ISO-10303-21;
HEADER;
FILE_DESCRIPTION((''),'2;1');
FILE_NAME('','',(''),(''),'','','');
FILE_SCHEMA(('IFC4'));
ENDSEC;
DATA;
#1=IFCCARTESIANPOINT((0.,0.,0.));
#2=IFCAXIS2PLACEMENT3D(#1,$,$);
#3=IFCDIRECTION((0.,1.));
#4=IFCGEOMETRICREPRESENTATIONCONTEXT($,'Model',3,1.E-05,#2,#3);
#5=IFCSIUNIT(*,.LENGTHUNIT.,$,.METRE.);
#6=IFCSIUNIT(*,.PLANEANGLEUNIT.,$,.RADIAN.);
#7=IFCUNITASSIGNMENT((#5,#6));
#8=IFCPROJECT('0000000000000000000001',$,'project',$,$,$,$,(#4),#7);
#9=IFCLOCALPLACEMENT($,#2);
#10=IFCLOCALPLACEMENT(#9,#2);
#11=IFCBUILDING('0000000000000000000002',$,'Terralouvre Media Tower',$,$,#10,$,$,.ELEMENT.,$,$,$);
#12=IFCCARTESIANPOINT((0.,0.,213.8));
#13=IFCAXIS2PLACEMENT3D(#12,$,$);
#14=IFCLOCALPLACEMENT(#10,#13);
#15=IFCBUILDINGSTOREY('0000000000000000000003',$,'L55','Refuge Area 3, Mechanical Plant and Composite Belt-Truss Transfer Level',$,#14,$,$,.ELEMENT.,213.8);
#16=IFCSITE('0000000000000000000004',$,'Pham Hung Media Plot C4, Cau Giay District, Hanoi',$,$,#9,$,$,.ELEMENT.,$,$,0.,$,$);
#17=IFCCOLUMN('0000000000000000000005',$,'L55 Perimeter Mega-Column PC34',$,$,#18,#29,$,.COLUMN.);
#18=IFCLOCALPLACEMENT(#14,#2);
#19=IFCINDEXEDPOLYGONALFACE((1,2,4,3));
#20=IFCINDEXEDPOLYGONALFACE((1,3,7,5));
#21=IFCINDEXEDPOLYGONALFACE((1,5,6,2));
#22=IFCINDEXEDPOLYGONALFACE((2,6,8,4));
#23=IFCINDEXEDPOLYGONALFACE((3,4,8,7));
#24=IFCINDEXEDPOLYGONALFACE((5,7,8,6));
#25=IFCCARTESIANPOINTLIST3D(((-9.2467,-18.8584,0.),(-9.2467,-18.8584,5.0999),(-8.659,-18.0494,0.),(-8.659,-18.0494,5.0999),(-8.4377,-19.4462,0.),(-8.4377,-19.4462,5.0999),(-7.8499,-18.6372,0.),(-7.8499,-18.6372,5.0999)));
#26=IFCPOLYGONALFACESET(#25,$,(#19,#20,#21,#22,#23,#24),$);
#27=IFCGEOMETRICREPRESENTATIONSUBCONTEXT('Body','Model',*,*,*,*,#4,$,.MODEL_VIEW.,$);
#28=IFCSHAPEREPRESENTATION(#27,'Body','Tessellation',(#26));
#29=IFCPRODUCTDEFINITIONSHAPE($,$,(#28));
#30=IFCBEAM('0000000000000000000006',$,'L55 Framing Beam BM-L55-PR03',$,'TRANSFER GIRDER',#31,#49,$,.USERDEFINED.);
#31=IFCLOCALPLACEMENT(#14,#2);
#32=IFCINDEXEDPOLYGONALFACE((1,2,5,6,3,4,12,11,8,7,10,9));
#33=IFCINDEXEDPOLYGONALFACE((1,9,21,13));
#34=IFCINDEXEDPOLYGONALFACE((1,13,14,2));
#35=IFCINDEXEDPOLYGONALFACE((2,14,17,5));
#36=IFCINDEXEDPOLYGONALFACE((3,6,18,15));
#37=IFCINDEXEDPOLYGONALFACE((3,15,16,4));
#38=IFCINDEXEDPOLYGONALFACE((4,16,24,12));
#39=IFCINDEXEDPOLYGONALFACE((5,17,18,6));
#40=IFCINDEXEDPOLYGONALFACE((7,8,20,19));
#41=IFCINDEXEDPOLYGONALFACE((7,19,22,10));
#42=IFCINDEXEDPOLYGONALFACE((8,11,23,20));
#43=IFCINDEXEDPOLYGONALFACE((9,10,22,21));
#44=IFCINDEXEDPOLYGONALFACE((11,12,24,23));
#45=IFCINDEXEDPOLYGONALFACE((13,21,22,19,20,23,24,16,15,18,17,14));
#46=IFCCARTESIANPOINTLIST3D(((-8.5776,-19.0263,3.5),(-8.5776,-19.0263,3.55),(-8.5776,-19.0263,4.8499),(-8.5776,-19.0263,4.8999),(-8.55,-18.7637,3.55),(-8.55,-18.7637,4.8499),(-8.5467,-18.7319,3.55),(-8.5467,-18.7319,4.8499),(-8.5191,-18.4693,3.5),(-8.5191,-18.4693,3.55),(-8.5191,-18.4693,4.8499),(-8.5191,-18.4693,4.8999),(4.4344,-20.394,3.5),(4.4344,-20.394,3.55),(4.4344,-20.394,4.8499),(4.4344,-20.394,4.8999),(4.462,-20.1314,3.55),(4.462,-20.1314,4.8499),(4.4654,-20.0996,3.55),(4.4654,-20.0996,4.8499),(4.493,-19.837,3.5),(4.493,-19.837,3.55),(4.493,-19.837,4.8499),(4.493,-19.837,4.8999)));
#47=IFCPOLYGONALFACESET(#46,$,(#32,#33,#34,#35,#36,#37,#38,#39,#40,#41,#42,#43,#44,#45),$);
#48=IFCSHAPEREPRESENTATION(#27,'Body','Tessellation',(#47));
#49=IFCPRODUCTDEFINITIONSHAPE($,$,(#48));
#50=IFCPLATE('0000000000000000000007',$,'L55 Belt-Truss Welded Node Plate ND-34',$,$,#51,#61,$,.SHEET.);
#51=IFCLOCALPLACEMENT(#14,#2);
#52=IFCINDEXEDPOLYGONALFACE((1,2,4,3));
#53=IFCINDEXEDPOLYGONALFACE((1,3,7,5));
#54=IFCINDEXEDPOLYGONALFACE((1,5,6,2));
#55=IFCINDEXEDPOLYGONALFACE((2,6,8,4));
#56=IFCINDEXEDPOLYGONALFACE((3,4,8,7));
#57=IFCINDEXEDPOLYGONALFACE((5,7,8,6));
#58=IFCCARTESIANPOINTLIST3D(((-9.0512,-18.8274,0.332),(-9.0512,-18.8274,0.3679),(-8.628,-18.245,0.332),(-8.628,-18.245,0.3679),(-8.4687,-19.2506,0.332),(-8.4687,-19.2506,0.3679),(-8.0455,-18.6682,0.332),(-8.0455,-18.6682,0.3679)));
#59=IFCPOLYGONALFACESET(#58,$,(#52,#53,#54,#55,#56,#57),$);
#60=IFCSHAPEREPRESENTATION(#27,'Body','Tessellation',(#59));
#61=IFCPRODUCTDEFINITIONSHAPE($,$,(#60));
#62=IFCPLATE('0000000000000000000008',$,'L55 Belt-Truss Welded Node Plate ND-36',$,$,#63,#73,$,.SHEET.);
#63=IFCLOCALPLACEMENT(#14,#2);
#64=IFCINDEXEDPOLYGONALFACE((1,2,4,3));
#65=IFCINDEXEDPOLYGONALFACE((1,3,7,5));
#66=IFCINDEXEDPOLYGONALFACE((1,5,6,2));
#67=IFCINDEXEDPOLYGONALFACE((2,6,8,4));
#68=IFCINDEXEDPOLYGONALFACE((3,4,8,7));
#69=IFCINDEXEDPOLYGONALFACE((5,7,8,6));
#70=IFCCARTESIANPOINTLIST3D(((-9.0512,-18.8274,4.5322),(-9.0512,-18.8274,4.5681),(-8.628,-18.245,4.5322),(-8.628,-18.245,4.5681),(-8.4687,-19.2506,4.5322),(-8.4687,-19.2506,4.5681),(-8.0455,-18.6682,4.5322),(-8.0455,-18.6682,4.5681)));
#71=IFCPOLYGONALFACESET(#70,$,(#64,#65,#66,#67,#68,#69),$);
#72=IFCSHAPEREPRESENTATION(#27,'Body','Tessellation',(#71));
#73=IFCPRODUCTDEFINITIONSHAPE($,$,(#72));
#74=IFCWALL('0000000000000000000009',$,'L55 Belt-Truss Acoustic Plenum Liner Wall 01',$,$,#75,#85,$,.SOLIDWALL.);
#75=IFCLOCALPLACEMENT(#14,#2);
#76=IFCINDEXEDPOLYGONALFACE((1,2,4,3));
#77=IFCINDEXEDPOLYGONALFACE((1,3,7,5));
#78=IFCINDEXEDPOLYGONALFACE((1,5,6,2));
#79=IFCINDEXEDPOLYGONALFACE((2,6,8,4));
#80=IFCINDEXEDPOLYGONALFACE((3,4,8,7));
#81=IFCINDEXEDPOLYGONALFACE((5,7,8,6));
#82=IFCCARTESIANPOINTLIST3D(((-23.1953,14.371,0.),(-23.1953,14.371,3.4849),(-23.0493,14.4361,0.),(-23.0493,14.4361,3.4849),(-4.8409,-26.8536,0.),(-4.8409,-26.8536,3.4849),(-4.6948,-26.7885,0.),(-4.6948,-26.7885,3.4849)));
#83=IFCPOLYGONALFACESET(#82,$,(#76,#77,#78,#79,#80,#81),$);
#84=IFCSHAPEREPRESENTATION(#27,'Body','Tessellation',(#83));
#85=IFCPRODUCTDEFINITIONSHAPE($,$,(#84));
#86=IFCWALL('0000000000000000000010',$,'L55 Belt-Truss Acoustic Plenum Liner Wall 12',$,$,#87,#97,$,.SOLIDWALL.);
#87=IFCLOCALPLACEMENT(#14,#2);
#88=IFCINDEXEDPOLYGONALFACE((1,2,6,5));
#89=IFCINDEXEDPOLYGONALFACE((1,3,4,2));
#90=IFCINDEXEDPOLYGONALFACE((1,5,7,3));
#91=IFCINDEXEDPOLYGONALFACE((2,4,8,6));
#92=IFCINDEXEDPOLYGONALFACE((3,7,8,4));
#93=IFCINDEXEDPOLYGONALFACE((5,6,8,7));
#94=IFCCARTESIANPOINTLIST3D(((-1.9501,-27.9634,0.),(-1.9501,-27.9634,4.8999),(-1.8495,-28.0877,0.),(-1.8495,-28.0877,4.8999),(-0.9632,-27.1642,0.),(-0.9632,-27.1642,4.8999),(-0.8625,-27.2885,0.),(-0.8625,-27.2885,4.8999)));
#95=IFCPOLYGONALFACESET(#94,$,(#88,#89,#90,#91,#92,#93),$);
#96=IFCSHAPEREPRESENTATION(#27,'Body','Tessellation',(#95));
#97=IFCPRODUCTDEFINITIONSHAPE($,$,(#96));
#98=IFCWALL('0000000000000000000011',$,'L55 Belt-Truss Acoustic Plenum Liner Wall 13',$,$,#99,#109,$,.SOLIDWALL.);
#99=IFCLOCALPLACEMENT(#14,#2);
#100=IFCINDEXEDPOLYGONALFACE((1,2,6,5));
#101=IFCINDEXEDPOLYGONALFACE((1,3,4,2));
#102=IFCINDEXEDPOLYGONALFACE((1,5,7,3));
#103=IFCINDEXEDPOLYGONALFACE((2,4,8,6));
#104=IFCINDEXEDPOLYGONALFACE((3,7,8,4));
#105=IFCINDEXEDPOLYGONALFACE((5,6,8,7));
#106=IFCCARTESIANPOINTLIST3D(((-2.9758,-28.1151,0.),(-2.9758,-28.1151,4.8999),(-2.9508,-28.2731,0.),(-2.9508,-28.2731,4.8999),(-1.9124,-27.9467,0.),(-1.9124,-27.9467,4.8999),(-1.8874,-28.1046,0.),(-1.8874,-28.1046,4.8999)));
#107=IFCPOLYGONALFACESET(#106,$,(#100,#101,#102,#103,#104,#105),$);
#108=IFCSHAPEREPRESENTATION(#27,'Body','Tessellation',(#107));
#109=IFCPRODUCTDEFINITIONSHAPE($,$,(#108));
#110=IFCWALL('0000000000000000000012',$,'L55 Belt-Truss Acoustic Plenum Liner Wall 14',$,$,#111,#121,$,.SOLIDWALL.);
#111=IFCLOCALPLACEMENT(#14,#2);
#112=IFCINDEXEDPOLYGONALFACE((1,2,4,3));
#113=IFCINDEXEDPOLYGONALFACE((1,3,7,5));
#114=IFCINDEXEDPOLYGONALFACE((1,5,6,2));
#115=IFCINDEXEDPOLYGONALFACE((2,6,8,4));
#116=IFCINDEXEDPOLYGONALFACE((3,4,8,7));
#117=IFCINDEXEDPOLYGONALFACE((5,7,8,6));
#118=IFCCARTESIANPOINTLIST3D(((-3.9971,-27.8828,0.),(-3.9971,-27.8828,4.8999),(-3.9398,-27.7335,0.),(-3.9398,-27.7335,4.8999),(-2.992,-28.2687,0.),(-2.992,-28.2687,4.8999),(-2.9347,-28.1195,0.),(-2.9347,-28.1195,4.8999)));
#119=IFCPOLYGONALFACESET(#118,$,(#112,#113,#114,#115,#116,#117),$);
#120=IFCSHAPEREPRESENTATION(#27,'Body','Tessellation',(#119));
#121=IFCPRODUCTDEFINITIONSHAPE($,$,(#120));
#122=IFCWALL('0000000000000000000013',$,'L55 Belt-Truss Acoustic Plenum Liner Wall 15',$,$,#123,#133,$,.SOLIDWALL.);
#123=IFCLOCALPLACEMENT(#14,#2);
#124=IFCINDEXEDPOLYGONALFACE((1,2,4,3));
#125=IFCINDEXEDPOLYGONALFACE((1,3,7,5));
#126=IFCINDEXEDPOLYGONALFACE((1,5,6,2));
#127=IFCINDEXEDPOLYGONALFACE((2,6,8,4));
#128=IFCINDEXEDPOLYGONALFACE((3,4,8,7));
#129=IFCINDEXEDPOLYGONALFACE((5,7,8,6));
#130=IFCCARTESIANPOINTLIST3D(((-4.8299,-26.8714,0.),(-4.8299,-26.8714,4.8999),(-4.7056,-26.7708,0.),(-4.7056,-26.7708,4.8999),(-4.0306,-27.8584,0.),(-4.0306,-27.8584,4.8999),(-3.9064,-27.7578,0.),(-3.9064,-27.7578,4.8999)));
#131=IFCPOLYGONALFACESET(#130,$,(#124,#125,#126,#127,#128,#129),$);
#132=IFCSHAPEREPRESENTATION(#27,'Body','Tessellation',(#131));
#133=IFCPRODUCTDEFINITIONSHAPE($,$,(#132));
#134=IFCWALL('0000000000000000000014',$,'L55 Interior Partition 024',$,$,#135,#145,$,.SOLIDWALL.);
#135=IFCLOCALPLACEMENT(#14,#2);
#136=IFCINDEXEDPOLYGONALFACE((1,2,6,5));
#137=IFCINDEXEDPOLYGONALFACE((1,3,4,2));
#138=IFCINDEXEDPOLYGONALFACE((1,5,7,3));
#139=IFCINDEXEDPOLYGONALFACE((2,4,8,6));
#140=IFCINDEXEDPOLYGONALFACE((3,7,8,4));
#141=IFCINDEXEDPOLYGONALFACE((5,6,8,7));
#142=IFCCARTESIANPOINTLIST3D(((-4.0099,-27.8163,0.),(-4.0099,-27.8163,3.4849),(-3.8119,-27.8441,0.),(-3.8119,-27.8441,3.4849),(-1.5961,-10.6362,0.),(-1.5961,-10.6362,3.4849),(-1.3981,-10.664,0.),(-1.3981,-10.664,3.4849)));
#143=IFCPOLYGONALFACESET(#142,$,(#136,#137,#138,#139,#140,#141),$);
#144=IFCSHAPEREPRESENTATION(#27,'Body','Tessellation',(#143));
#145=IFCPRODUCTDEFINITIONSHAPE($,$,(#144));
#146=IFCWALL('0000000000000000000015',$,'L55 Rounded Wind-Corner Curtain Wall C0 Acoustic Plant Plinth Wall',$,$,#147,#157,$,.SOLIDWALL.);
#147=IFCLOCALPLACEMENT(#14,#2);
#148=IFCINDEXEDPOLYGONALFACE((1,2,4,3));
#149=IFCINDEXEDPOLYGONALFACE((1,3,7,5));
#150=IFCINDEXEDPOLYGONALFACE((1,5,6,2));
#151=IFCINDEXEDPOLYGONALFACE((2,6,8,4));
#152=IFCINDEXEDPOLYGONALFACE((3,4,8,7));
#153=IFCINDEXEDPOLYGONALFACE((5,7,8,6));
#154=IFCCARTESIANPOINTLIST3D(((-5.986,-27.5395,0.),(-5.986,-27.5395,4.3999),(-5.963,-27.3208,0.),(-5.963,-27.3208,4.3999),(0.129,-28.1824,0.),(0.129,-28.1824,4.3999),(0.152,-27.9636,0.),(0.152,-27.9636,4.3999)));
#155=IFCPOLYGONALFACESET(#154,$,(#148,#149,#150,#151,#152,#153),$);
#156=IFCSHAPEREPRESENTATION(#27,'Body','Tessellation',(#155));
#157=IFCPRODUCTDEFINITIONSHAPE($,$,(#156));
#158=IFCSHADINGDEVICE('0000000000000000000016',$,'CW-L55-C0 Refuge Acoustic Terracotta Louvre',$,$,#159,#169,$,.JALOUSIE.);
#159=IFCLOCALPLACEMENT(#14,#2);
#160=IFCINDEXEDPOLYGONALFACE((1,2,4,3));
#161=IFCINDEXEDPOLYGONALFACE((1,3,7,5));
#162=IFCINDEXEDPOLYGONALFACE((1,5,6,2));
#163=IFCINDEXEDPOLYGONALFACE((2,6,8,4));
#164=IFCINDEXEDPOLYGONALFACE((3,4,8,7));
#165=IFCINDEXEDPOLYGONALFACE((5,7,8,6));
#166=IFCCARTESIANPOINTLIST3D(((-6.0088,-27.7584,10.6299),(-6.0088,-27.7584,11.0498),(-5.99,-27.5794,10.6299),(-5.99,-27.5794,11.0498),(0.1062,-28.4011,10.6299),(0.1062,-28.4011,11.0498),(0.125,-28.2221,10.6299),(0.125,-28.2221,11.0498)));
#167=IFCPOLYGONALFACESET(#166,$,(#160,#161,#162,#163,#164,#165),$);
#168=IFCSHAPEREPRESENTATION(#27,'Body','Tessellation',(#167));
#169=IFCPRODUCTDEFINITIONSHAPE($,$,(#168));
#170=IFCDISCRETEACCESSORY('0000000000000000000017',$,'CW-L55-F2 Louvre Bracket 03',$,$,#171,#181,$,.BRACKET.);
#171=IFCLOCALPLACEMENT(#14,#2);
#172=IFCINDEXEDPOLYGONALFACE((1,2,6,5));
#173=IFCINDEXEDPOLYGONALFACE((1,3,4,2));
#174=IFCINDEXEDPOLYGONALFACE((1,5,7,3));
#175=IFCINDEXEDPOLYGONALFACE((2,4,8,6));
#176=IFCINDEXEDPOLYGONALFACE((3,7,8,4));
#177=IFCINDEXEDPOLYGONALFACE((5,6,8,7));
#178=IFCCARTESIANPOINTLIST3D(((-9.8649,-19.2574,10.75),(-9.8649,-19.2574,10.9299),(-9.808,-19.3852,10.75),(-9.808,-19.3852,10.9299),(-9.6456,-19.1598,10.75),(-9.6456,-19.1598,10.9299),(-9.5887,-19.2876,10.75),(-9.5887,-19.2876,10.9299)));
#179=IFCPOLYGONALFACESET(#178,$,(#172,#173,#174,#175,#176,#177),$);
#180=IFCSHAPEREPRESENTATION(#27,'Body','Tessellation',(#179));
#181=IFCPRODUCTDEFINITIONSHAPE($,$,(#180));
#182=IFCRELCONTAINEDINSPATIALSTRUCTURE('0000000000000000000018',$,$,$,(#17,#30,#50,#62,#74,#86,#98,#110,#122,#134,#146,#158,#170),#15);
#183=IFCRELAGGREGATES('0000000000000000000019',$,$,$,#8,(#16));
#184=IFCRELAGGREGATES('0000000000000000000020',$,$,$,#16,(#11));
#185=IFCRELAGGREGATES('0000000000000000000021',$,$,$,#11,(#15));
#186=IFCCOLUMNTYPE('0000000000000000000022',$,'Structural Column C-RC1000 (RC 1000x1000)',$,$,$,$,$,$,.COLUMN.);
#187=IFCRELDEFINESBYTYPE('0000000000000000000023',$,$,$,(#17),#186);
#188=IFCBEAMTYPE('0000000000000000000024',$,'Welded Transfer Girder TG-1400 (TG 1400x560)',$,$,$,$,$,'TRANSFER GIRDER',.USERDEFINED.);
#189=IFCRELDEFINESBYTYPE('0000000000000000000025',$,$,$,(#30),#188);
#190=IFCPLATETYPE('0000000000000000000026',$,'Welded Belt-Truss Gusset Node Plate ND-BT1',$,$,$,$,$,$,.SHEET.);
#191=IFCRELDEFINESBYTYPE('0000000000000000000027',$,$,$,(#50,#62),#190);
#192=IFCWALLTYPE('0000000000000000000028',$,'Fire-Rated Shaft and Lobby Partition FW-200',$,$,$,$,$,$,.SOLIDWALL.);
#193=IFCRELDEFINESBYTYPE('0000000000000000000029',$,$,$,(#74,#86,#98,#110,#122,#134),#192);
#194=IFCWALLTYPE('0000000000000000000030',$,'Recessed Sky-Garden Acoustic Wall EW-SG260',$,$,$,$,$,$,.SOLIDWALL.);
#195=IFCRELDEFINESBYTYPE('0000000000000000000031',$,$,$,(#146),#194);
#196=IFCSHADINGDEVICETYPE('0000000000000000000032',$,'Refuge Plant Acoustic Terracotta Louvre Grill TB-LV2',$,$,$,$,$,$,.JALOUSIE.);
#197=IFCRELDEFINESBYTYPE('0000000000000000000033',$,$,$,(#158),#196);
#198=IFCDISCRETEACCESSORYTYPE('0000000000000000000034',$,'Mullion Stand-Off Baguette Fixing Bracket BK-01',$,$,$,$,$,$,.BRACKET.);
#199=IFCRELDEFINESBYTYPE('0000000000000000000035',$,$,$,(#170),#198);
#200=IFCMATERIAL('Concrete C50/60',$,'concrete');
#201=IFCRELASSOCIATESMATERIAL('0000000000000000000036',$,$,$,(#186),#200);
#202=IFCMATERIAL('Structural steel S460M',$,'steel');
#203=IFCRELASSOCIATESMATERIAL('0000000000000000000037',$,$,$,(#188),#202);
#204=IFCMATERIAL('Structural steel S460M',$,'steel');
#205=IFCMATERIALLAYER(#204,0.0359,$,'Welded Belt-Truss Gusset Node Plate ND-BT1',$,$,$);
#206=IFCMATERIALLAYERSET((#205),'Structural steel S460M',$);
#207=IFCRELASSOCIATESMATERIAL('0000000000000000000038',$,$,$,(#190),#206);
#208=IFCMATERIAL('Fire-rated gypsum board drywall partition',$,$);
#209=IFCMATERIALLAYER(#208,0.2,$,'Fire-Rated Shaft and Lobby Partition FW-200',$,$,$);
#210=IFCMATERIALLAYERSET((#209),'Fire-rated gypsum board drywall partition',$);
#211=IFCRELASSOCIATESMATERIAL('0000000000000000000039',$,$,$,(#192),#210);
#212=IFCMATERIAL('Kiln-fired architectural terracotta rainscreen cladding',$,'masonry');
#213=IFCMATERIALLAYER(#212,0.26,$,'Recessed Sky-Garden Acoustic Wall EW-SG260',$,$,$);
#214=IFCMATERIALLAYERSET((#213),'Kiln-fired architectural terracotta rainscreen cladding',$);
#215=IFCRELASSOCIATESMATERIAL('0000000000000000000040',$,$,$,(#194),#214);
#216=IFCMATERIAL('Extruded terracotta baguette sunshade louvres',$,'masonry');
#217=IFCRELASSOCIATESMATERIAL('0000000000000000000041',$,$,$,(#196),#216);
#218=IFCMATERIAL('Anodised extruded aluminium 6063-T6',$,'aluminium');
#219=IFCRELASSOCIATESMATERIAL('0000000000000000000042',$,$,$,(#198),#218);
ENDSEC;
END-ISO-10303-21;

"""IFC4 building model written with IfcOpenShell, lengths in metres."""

from ifc_helpers import new_model, si_unit, direction, frame, frame_2d, origin, origin_2d, place, context, subcontext, project, spatial, rectangle, i_section, extrude, material, layer, layer_set, material_profile, profile_set, type_object, element, save


model = new_model("IFC4")

# Units and contexts
model_context = context("Model", 3, precision=1e-05, world=origin(), true_north=direction((0.0, 1.0)))
body_context = subcontext(model_context, "Body", "Model", "MODEL_VIEW")
ifc_project = project(units=[si_unit("LENGTHUNIT", "METRE"), si_unit("PLANEANGLEUNIT", "RADIAN")], contexts=[model_context])

# Site, building, storey
site_placement = place(None, origin())
site = spatial("IfcSite", under=ifc_project, at=site_placement, Name="Pham Hung Media Plot C4, Cau Giay District, Hanoi", CompositionType="ELEMENT", RefElevation=0.0)
building_placement = place(site_placement, origin())
building = spatial("IfcBuilding", under=site, at=building_placement, Name="Terralouvre Media Tower", CompositionType="ELEMENT")
storey_placement = place(building_placement, frame((0.0, 0.0, 213.8)))
storey = spatial("IfcBuildingStorey", under=building, at=storey_placement, Name="L55", Description="Refuge Area 3, Mechanical Plant and Composite Belt-Truss Transfer Level", CompositionType="ELEMENT", Elevation=213.8)

# Column
ifc_material_1 = material(Name="Concrete C50/60", Category="concrete")
ifc_material_profile_1 = material_profile(ifc_material_1, rectangle(XDim=1.0, YDim=1.0, at=origin_2d()), Name="RC 1000x1000")
ifc_profile_set_1 = profile_set([ifc_material_profile_1], Name="Concrete C50/60")
column_type = type_object("IfcColumnType", Name="Structural Column C-RC1000 (RC 1000x1000)", PredefinedType="COLUMN", material=ifc_profile_set_1)
column_placement = place(storey_placement, frame((-8.5483, -18.7478, 0.0), z_axis=(0.0, 0.0, 1.0), x_axis=(0.587785, 0.809017, 0.0)))
element("IfcColumn", 1, at=column_placement, inside=storey, type_object=column_type, Name="L55 Perimeter Mega-Column PC34", PredefinedType="COLUMN", context=body_context, shape_type="SweptSolid", body=[
    extrude(rectangle(XDim=1.0, YDim=1.0, at=origin_2d()), origin(), (0.0, 0.0, 1.0), 5.0999),
])

# Beam
ifc_material_2 = material(Name="Structural steel S460M", Category="steel")
ifc_material_profile_2 = material_profile(ifc_material_2, i_section(OverallWidth=0.5601, OverallDepth=1.3999, WebThickness=0.032, FlangeThickness=0.05, at=origin_2d()), Name="TG 1400x560")
ifc_profile_set_2 = profile_set([ifc_material_profile_2], Name="Structural steel S460M")
beam_type = type_object("IfcBeamType", Name="Welded Transfer Girder TG-1400 (TG 1400x560)", ElementType="TRANSFER GIRDER", PredefinedType="USERDEFINED", material=ifc_profile_set_2)
beam_placement = place(storey_placement, frame((-8.5483, -18.7478, 4.2), z_axis=(0.994521, -0.104533, 0.0), x_axis=(0.104533, 0.994521, 0.0)))
element("IfcBeam", 2, at=beam_placement, inside=storey, type_object=beam_type, Name="L55 Framing Beam BM-L55-PR03", ObjectType="TRANSFER GIRDER", PredefinedType="USERDEFINED", context=body_context, shape_type="SweptSolid", body=[
    extrude(i_section(OverallWidth=0.5601, OverallDepth=1.3999, WebThickness=0.032, FlangeThickness=0.05, at=origin_2d()), origin(), (0.0, 0.0, 1.0), 13.0837),
])

# Plates
ifc_material_3 = material(Name="Structural steel S460M", Category="steel")
ifc_layer_1 = layer(ifc_material_3, 0.0359, Name="Welded Belt-Truss Gusset Node Plate ND-BT1")
ifc_layer_set_1 = layer_set([ifc_layer_1], Name="Structural steel S460M")
plate_type = type_object("IfcPlateType", Name="Welded Belt-Truss Gusset Node Plate ND-BT1", PredefinedType="SHEET", material=ifc_layer_set_1)
for number, where, z_axis, x_axis, name in (
    (3, (-8.5483, -18.7478, 0.332), (0.0, 0.0, 1.0), (0.587785, 0.809017, 0.0), "L55 Belt-Truss Welded Node Plate ND-34"),
    (4, (-8.5483, -18.7478, 4.5322), (0.0, 0.0, 1.0), (0.587785, 0.809017, 0.0), "L55 Belt-Truss Welded Node Plate ND-36"),
):
    element("IfcPlate", number, at=place(storey_placement, frame(where, z_axis=z_axis, x_axis=x_axis)), inside=storey, type_object=plate_type, Name=name, PredefinedType="SHEET", context=body_context, shape_type="SweptSolid", body=[
        extrude(rectangle(XDim=0.72, YDim=0.72, at=origin_2d()), origin(), (0.0, 0.0, 1.0), 0.0359),
    ])

# Walls
ifc_material_4 = material(Name="Fire-rated gypsum board drywall partition")
ifc_layer_2 = layer(ifc_material_4, 0.2, Name="Fire-Rated Shaft and Lobby Partition FW-200")
ifc_layer_set_2 = layer_set([ifc_layer_2], Name="Fire-rated gypsum board drywall partition")
wall_type_1 = type_object("IfcWallType", Name="Fire-Rated Shaft and Lobby Partition FW-200", PredefinedType="SOLIDWALL", material=ifc_layer_set_2)
wall_1_placement = place(storey_placement, frame((-4.7678, -26.821, 0.0), z_axis=(0.0, 0.0, 1.0), x_axis=(-0.406739, 0.913545, 0.0)))
element("IfcWall", 5, at=wall_1_placement, inside=storey, type_object=wall_type_1, Name="L55 Belt-Truss Acoustic Plenum Liner Wall 01", PredefinedType="SOLIDWALL", context=body_context, shape_type="SweptSolid", body=[
    extrude(rectangle(XDim=45.126, YDim=0.1599, at=frame_2d((22.563, 0.0))), origin(), (0.0, 0.0, 1.0), 3.4849),
])
wall_2_placement = place(storey_placement, frame((-0.9128, -27.2263, 0.0), z_axis=(0.0, 0.0, 1.0), x_axis=(-0.777142, -0.629325, 0.0)))
element("IfcWall", 6, at=wall_2_placement, inside=storey, type_object=wall_type_1, Name="L55 Belt-Truss Acoustic Plenum Liner Wall 12", PredefinedType="SOLIDWALL", context=body_context, shape_type="SweptSolid", body=[
    extrude(rectangle(XDim=1.27, YDim=0.1599, at=frame_2d((0.635, 0.0))), origin(), (0.0, 0.0, 1.0), 4.8999),
])
for number, where, z_axis, x_axis, name in (
    (7, (-1.8999, -28.0256, 0.0), (0.0, 0.0, 1.0), (-0.987686, -0.156452, 0.0), "L55 Belt-Truss Acoustic Plenum Liner Wall 13"),
    (8, (-2.9634, -28.1941, 0.0), (0.0, 0.0, 1.0), (-0.933532, 0.358493, 0.0), "L55 Belt-Truss Acoustic Plenum Liner Wall 14"),
):
    element("IfcWall", number, at=place(storey_placement, frame(where, z_axis=z_axis, x_axis=x_axis)), inside=storey, type_object=wall_type_1, Name=name, PredefinedType="SOLIDWALL", context=body_context, shape_type="SweptSolid", body=[
        extrude(rectangle(XDim=1.0767, YDim=0.1599, at=frame_2d((0.5383, 0.0))), origin(), (0.0, 0.0, 1.0), 4.8999),
    ])
wall_3_placement = place(storey_placement, frame((-3.9685, -27.8081, 0.0), z_axis=(0.0, 0.0, 1.0), x_axis=(-0.629325, 0.777142, 0.0)))
element("IfcWall", 9, at=wall_3_placement, inside=storey, type_object=wall_type_1, Name="L55 Belt-Truss Acoustic Plenum Liner Wall 15", PredefinedType="SOLIDWALL", context=body_context, shape_type="SweptSolid", body=[
    extrude(rectangle(XDim=1.27, YDim=0.1599, at=frame_2d((0.635, 0.0))), origin(), (0.0, 0.0, 1.0), 4.8999),
])
wall_4_placement = place(storey_placement, frame((-3.9109, -27.8301, 0.0), z_axis=(0.0, 0.0, 1.0), x_axis=(0.139134, 0.990274, 0.0)))
element("IfcWall", 10, at=wall_4_placement, inside=storey, type_object=wall_type_1, Name="L55 Interior Partition 024", PredefinedType="SOLIDWALL", context=body_context, shape_type="SweptSolid", body=[
    extrude(rectangle(XDim=17.3489, YDim=0.2, at=frame_2d((8.6743, 0.0))), origin(), (0.0, 0.0, 1.0), 3.4849),
])
ifc_material_5 = material(Name="Kiln-fired architectural terracotta rainscreen cladding", Category="masonry")
ifc_layer_3 = layer(ifc_material_5, 0.26, Name="Recessed Sky-Garden Acoustic Wall EW-SG260")
ifc_layer_set_3 = layer_set([ifc_layer_3], Name="Kiln-fired architectural terracotta rainscreen cladding")
wall_type_2 = type_object("IfcWallType", Name="Recessed Sky-Garden Acoustic Wall EW-SG260", PredefinedType="SOLIDWALL", material=ifc_layer_set_3)
wall_5_placement = place(storey_placement, frame((-5.9744, -27.4302, 0.0), z_axis=(0.0, 0.0, 1.0), x_axis=(0.99452, -0.104546, 0.0)))
element("IfcWall", 11, at=wall_5_placement, inside=storey, type_object=wall_type_2, Name="L55 Rounded Wind-Corner Curtain Wall C0 Acoustic Plant Plinth Wall", PredefinedType="SOLIDWALL", context=body_context, shape_type="SweptSolid", body=[
    extrude(rectangle(XDim=6.1487, YDim=0.22, at=frame_2d((3.0742, 0.0))), origin(), (0.0, 0.0, 1.0), 4.3999),
])

# Shading device
ifc_material_6 = material(Name="Extruded terracotta baguette sunshade louvres", Category="masonry")
shading_device_type = type_object("IfcShadingDeviceType", Name="Refuge Plant Acoustic Terracotta Louvre Grill TB-LV2", PredefinedType="JALOUSIE", material=ifc_material_6)
shading_device_placement = place(storey_placement, frame((-2.9419, -27.9902, 10.6299), z_axis=(0.0, 0.0, 1.0), x_axis=(0.994522, -0.104528, 0.0)))
element("IfcShadingDevice", 12, at=shading_device_placement, inside=storey, type_object=shading_device_type, Name="CW-L55-C0 Refuge Acoustic Terracotta Louvre", PredefinedType="JALOUSIE", context=body_context, shape_type="SweptSolid", body=[
    extrude(rectangle(XDim=6.1487, YDim=0.1799, at=origin_2d()), origin(), (0.0, 0.0, 1.0), 0.4199),
])

# Discrete accessory
ifc_material_7 = material(Name="Anodised extruded aluminium 6063-T6", Category="aluminium")
discrete_accessory_type = type_object("IfcDiscreteAccessoryType", Name="Mullion Stand-Off Baguette Fixing Bracket BK-01", PredefinedType="BRACKET", material=ifc_material_7)
for number, where, z_axis, x_axis, name in (
    (13, (-9.7268, -19.2725, 10.75), (0.0, 0.0, 1.0), (0.406737, -0.913545, 0.0), "CW-L55-F2 Louvre Bracket 03"),
):
    element("IfcDiscreteAccessory", number, at=place(storey_placement, frame(where, z_axis=z_axis, x_axis=x_axis)), inside=storey, type_object=discrete_accessory_type, Name=name, PredefinedType="BRACKET", context=body_context, shape_type="SweptSolid", body=[
        extrude(rectangle(XDim=0.1399, YDim=0.24, at=origin_2d()), origin(), (0.0, 0.0, 1.0), 0.1799),
    ])

save(model, "model.ifc")
